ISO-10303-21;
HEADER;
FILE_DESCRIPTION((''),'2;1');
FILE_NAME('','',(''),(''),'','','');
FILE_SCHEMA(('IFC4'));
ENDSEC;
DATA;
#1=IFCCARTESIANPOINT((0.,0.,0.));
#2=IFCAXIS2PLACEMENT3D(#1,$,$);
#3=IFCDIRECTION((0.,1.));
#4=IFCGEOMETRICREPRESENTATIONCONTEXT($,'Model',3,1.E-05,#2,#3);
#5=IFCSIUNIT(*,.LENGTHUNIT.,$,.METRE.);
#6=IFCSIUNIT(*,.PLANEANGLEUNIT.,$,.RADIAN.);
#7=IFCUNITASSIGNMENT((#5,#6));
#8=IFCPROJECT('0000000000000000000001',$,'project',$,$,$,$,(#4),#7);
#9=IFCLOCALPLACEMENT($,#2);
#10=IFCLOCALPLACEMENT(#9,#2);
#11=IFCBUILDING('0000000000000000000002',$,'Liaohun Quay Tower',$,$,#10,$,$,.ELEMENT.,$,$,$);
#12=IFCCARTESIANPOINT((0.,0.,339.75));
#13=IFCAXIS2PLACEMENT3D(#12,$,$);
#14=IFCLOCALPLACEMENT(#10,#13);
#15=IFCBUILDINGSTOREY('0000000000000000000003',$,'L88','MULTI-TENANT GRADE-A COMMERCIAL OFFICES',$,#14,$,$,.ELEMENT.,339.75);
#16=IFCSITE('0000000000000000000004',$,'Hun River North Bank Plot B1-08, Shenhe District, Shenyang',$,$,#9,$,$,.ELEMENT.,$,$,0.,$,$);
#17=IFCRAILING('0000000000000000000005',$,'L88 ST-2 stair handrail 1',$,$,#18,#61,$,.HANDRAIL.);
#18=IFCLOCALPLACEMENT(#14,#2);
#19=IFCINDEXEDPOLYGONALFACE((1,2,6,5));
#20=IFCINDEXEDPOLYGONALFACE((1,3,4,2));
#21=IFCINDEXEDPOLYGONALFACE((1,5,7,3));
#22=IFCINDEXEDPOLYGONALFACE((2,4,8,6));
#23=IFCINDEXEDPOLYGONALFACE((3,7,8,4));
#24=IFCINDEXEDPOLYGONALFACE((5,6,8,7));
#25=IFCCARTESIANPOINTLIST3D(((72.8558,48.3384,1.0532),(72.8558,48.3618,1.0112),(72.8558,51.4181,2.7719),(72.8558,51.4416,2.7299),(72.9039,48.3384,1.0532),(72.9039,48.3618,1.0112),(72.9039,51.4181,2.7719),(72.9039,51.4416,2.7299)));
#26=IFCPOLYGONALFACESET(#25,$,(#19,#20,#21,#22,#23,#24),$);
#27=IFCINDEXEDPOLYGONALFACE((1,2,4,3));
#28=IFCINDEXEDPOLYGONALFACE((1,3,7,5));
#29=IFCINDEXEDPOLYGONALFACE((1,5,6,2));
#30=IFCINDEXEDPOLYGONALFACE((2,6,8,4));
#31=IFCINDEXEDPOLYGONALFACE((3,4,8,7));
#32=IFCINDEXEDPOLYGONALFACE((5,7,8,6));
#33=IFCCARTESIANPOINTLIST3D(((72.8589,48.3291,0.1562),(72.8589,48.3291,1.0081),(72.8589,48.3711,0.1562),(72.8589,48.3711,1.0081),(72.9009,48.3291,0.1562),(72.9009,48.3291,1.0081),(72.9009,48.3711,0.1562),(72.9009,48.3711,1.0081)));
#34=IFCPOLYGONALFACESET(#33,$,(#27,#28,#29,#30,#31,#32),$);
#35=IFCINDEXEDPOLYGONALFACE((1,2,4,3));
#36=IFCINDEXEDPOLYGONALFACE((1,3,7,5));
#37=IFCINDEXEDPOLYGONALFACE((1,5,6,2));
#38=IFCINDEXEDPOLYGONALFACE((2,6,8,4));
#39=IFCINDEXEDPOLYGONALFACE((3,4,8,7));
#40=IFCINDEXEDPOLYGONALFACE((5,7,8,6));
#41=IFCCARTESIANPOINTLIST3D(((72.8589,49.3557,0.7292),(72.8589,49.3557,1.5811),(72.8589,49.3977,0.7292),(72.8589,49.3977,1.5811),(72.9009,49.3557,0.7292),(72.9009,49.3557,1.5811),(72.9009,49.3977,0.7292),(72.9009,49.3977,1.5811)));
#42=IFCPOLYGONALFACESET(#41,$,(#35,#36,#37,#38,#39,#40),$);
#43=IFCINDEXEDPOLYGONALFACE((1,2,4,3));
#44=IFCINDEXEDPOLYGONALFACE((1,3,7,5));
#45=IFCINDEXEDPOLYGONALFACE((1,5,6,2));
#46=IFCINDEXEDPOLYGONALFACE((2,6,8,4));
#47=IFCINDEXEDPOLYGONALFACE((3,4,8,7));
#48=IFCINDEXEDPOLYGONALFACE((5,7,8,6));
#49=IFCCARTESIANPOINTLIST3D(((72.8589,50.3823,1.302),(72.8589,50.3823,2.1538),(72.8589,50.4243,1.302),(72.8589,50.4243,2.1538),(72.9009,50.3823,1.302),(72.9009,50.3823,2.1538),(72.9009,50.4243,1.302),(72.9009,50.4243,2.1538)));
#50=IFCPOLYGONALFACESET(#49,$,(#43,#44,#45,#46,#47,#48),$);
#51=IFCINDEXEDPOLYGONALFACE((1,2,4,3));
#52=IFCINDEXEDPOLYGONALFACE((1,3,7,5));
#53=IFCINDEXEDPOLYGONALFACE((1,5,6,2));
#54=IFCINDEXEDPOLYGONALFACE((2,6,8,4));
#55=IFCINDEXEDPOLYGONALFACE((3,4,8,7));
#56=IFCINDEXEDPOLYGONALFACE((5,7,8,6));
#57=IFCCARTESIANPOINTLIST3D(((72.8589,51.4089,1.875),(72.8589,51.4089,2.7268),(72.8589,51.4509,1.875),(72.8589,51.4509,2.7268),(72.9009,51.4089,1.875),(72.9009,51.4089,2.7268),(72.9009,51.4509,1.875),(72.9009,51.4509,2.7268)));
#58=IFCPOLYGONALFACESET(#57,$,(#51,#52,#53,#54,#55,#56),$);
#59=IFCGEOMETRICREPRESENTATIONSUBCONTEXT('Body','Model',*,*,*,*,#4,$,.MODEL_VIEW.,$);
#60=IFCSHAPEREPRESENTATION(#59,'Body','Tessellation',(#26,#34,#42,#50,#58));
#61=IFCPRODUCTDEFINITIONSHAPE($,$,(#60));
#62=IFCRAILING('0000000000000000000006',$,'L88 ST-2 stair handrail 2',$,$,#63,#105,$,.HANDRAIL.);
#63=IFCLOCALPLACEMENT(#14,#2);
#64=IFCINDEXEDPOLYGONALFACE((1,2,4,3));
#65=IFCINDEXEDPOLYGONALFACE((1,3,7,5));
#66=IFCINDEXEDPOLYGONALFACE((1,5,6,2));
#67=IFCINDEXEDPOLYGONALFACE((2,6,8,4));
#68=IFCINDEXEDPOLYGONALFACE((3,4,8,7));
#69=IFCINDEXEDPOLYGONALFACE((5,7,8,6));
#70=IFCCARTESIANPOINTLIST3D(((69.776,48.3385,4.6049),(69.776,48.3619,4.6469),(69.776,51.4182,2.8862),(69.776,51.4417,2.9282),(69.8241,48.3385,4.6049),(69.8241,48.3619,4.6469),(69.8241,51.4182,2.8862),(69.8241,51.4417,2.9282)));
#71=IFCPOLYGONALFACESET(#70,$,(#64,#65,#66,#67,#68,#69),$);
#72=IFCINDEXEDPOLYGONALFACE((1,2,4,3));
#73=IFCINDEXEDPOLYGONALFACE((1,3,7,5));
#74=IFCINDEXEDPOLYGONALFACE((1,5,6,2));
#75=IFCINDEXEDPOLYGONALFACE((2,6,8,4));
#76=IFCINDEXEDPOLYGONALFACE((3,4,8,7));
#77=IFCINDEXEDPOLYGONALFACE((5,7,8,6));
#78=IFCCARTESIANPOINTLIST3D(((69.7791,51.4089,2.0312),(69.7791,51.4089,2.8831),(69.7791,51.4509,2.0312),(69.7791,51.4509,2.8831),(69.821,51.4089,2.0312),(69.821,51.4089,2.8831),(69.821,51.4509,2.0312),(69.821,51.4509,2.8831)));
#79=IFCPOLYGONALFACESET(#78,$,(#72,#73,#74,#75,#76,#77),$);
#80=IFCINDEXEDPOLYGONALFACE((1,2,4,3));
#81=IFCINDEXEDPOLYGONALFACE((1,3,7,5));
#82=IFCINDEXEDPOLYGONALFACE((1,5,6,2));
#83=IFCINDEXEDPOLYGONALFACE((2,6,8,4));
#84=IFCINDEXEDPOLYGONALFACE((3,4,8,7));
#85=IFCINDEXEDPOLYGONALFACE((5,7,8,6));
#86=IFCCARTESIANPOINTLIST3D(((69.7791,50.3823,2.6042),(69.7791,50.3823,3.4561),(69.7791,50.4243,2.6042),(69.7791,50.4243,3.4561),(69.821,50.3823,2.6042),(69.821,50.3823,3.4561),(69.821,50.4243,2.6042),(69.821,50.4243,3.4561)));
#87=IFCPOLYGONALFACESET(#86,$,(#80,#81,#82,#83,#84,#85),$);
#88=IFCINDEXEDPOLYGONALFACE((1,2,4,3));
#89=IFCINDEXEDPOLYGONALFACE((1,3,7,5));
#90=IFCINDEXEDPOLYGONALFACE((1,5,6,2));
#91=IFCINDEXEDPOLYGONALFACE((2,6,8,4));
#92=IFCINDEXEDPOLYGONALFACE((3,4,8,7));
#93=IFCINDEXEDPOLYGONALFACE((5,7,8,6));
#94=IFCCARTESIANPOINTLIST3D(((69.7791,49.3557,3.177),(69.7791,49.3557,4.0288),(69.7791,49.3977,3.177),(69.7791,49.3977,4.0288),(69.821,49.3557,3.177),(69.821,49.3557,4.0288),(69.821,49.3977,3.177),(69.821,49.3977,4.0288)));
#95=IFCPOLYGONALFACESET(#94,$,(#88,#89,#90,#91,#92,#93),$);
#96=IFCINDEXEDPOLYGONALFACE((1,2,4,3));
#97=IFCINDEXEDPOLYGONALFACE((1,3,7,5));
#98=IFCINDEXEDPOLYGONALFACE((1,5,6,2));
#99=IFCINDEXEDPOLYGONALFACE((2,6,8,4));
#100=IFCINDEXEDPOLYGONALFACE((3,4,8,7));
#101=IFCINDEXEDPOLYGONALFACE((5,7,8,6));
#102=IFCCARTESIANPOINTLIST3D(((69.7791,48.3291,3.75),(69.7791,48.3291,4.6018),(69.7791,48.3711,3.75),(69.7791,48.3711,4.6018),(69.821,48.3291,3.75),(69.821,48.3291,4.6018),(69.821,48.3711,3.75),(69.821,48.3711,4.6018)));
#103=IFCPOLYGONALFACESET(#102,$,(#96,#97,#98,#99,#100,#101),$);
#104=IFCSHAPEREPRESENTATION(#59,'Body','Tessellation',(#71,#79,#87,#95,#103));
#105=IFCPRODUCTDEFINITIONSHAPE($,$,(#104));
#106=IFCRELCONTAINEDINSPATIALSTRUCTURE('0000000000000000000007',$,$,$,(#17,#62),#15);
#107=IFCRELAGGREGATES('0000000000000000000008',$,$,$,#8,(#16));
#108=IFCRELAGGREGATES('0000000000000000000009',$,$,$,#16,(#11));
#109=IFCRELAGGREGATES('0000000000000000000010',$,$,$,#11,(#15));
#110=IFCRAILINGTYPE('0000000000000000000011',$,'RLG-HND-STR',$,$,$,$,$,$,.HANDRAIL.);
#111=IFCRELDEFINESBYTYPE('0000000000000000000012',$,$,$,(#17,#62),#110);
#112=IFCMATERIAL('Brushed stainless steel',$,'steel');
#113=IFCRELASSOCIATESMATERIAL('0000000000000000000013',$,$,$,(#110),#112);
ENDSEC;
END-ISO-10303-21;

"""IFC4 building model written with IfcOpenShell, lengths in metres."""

from ifc_helpers import new_model, si_unit, direction, frame, origin, origin_2d, place, context, subcontext, project, spatial, rectangle, extrude, material, type_object, element, save


model = new_model("IFC4")

# Units and contexts
model_context = context("Model", 3, precision=1e-05, world=origin(), true_north=direction((0.0, 1.0)))
body_context = subcontext(model_context, "Body", "Model", "MODEL_VIEW")
ifc_project = project(units=[si_unit("LENGTHUNIT", "METRE"), si_unit("PLANEANGLEUNIT", "RADIAN")], contexts=[model_context])

# Site, building, storey
site_placement = place(None, origin())
site = spatial("IfcSite", under=ifc_project, at=site_placement, Name="Hun River North Bank Plot B1-08, Shenhe District, Shenyang", CompositionType="ELEMENT", RefElevation=0.0)
building_placement = place(site_placement, origin())
building = spatial("IfcBuilding", under=site, at=building_placement, Name="Liaohun Quay Tower", CompositionType="ELEMENT")
storey_placement = place(building_placement, frame((0.0, 0.0, 339.75)))
storey = spatial("IfcBuildingStorey", under=building, at=storey_placement, Name="L88", Description="MULTI-TENANT GRADE-A COMMERCIAL OFFICES", CompositionType="ELEMENT", Elevation=339.75)

# Railings
ifc_material_1 = material(Name="Brushed stainless steel", Category="steel")
railing_type_1 = type_object("IfcRailingType", Name="RLG-HND-STR", PredefinedType="HANDRAIL", material=ifc_material_1)
railing_1_placement = place(storey_placement, frame((72.8799, 48.3501, 0.1562)))
element("IfcRailing", 1, at=railing_1_placement, inside=storey, type_object=railing_type_1, Name="L88 ST-2 stair handrail 1", PredefinedType="HANDRAIL", context=body_context, shape_type="SweptSolid", body=[
    extrude(rectangle(XDim=0.0481, YDim=0.0481, at=origin_2d()), frame((0.0, 0.0, 0.876), z_axis=(0.0, 0.873225, 0.487317), x_axis=(-1.0, 0.0, 0.0)), (0.0, 0.0, 1.0), 3.5269),
    extrude(rectangle(XDim=0.042, YDim=0.042, at=origin_2d()), origin(), (0.0, 0.0, 1.0), 0.8518),
    extrude(rectangle(XDim=0.042, YDim=0.042, at=origin_2d()), frame((0.0, 1.0266, 0.573)), (0.0, 0.0, 1.0), 0.8518),
    extrude(rectangle(XDim=0.042, YDim=0.042, at=origin_2d()), frame((0.0, 2.0532, 1.1458)), (0.0, 0.0, 1.0), 0.8518),
    extrude(rectangle(XDim=0.042, YDim=0.042, at=origin_2d()), frame((0.0, 3.0798, 1.7188)), (0.0, 0.0, 1.0), 0.8518),
])
railing_2_placement = place(storey_placement, frame((69.8, 51.4299, 2.0312)))
element("IfcRailing", 2, at=railing_2_placement, inside=storey, type_object=railing_type_1, Name="L88 ST-2 stair handrail 2", PredefinedType="HANDRAIL", context=body_context, shape_type="SweptSolid", body=[
    extrude(rectangle(XDim=0.0481, YDim=0.0481, at=origin_2d()), frame((0.0, 0.0, 0.876), z_axis=(0.0, -0.873225, 0.487317), x_axis=(1.0, 0.0, 0.0)), (0.0, 0.0, 1.0), 3.5269),
    extrude(rectangle(XDim=0.042, YDim=0.042, at=origin_2d()), origin(), (0.0, 0.0, 1.0), 0.8518),
    extrude(rectangle(XDim=0.042, YDim=0.042, at=origin_2d()), frame((0.0, -1.0266, 0.573)), (0.0, 0.0, 1.0), 0.8518),
    extrude(rectangle(XDim=0.042, YDim=0.042, at=origin_2d()), frame((0.0, -2.0532, 1.1458)), (0.0, 0.0, 1.0), 0.8518),
    extrude(rectangle(XDim=0.042, YDim=0.042, at=origin_2d()), frame((0.0, -3.0798, 1.7188)), (0.0, 0.0, 1.0), 0.8518),
])

save(model, "model.ifc")
